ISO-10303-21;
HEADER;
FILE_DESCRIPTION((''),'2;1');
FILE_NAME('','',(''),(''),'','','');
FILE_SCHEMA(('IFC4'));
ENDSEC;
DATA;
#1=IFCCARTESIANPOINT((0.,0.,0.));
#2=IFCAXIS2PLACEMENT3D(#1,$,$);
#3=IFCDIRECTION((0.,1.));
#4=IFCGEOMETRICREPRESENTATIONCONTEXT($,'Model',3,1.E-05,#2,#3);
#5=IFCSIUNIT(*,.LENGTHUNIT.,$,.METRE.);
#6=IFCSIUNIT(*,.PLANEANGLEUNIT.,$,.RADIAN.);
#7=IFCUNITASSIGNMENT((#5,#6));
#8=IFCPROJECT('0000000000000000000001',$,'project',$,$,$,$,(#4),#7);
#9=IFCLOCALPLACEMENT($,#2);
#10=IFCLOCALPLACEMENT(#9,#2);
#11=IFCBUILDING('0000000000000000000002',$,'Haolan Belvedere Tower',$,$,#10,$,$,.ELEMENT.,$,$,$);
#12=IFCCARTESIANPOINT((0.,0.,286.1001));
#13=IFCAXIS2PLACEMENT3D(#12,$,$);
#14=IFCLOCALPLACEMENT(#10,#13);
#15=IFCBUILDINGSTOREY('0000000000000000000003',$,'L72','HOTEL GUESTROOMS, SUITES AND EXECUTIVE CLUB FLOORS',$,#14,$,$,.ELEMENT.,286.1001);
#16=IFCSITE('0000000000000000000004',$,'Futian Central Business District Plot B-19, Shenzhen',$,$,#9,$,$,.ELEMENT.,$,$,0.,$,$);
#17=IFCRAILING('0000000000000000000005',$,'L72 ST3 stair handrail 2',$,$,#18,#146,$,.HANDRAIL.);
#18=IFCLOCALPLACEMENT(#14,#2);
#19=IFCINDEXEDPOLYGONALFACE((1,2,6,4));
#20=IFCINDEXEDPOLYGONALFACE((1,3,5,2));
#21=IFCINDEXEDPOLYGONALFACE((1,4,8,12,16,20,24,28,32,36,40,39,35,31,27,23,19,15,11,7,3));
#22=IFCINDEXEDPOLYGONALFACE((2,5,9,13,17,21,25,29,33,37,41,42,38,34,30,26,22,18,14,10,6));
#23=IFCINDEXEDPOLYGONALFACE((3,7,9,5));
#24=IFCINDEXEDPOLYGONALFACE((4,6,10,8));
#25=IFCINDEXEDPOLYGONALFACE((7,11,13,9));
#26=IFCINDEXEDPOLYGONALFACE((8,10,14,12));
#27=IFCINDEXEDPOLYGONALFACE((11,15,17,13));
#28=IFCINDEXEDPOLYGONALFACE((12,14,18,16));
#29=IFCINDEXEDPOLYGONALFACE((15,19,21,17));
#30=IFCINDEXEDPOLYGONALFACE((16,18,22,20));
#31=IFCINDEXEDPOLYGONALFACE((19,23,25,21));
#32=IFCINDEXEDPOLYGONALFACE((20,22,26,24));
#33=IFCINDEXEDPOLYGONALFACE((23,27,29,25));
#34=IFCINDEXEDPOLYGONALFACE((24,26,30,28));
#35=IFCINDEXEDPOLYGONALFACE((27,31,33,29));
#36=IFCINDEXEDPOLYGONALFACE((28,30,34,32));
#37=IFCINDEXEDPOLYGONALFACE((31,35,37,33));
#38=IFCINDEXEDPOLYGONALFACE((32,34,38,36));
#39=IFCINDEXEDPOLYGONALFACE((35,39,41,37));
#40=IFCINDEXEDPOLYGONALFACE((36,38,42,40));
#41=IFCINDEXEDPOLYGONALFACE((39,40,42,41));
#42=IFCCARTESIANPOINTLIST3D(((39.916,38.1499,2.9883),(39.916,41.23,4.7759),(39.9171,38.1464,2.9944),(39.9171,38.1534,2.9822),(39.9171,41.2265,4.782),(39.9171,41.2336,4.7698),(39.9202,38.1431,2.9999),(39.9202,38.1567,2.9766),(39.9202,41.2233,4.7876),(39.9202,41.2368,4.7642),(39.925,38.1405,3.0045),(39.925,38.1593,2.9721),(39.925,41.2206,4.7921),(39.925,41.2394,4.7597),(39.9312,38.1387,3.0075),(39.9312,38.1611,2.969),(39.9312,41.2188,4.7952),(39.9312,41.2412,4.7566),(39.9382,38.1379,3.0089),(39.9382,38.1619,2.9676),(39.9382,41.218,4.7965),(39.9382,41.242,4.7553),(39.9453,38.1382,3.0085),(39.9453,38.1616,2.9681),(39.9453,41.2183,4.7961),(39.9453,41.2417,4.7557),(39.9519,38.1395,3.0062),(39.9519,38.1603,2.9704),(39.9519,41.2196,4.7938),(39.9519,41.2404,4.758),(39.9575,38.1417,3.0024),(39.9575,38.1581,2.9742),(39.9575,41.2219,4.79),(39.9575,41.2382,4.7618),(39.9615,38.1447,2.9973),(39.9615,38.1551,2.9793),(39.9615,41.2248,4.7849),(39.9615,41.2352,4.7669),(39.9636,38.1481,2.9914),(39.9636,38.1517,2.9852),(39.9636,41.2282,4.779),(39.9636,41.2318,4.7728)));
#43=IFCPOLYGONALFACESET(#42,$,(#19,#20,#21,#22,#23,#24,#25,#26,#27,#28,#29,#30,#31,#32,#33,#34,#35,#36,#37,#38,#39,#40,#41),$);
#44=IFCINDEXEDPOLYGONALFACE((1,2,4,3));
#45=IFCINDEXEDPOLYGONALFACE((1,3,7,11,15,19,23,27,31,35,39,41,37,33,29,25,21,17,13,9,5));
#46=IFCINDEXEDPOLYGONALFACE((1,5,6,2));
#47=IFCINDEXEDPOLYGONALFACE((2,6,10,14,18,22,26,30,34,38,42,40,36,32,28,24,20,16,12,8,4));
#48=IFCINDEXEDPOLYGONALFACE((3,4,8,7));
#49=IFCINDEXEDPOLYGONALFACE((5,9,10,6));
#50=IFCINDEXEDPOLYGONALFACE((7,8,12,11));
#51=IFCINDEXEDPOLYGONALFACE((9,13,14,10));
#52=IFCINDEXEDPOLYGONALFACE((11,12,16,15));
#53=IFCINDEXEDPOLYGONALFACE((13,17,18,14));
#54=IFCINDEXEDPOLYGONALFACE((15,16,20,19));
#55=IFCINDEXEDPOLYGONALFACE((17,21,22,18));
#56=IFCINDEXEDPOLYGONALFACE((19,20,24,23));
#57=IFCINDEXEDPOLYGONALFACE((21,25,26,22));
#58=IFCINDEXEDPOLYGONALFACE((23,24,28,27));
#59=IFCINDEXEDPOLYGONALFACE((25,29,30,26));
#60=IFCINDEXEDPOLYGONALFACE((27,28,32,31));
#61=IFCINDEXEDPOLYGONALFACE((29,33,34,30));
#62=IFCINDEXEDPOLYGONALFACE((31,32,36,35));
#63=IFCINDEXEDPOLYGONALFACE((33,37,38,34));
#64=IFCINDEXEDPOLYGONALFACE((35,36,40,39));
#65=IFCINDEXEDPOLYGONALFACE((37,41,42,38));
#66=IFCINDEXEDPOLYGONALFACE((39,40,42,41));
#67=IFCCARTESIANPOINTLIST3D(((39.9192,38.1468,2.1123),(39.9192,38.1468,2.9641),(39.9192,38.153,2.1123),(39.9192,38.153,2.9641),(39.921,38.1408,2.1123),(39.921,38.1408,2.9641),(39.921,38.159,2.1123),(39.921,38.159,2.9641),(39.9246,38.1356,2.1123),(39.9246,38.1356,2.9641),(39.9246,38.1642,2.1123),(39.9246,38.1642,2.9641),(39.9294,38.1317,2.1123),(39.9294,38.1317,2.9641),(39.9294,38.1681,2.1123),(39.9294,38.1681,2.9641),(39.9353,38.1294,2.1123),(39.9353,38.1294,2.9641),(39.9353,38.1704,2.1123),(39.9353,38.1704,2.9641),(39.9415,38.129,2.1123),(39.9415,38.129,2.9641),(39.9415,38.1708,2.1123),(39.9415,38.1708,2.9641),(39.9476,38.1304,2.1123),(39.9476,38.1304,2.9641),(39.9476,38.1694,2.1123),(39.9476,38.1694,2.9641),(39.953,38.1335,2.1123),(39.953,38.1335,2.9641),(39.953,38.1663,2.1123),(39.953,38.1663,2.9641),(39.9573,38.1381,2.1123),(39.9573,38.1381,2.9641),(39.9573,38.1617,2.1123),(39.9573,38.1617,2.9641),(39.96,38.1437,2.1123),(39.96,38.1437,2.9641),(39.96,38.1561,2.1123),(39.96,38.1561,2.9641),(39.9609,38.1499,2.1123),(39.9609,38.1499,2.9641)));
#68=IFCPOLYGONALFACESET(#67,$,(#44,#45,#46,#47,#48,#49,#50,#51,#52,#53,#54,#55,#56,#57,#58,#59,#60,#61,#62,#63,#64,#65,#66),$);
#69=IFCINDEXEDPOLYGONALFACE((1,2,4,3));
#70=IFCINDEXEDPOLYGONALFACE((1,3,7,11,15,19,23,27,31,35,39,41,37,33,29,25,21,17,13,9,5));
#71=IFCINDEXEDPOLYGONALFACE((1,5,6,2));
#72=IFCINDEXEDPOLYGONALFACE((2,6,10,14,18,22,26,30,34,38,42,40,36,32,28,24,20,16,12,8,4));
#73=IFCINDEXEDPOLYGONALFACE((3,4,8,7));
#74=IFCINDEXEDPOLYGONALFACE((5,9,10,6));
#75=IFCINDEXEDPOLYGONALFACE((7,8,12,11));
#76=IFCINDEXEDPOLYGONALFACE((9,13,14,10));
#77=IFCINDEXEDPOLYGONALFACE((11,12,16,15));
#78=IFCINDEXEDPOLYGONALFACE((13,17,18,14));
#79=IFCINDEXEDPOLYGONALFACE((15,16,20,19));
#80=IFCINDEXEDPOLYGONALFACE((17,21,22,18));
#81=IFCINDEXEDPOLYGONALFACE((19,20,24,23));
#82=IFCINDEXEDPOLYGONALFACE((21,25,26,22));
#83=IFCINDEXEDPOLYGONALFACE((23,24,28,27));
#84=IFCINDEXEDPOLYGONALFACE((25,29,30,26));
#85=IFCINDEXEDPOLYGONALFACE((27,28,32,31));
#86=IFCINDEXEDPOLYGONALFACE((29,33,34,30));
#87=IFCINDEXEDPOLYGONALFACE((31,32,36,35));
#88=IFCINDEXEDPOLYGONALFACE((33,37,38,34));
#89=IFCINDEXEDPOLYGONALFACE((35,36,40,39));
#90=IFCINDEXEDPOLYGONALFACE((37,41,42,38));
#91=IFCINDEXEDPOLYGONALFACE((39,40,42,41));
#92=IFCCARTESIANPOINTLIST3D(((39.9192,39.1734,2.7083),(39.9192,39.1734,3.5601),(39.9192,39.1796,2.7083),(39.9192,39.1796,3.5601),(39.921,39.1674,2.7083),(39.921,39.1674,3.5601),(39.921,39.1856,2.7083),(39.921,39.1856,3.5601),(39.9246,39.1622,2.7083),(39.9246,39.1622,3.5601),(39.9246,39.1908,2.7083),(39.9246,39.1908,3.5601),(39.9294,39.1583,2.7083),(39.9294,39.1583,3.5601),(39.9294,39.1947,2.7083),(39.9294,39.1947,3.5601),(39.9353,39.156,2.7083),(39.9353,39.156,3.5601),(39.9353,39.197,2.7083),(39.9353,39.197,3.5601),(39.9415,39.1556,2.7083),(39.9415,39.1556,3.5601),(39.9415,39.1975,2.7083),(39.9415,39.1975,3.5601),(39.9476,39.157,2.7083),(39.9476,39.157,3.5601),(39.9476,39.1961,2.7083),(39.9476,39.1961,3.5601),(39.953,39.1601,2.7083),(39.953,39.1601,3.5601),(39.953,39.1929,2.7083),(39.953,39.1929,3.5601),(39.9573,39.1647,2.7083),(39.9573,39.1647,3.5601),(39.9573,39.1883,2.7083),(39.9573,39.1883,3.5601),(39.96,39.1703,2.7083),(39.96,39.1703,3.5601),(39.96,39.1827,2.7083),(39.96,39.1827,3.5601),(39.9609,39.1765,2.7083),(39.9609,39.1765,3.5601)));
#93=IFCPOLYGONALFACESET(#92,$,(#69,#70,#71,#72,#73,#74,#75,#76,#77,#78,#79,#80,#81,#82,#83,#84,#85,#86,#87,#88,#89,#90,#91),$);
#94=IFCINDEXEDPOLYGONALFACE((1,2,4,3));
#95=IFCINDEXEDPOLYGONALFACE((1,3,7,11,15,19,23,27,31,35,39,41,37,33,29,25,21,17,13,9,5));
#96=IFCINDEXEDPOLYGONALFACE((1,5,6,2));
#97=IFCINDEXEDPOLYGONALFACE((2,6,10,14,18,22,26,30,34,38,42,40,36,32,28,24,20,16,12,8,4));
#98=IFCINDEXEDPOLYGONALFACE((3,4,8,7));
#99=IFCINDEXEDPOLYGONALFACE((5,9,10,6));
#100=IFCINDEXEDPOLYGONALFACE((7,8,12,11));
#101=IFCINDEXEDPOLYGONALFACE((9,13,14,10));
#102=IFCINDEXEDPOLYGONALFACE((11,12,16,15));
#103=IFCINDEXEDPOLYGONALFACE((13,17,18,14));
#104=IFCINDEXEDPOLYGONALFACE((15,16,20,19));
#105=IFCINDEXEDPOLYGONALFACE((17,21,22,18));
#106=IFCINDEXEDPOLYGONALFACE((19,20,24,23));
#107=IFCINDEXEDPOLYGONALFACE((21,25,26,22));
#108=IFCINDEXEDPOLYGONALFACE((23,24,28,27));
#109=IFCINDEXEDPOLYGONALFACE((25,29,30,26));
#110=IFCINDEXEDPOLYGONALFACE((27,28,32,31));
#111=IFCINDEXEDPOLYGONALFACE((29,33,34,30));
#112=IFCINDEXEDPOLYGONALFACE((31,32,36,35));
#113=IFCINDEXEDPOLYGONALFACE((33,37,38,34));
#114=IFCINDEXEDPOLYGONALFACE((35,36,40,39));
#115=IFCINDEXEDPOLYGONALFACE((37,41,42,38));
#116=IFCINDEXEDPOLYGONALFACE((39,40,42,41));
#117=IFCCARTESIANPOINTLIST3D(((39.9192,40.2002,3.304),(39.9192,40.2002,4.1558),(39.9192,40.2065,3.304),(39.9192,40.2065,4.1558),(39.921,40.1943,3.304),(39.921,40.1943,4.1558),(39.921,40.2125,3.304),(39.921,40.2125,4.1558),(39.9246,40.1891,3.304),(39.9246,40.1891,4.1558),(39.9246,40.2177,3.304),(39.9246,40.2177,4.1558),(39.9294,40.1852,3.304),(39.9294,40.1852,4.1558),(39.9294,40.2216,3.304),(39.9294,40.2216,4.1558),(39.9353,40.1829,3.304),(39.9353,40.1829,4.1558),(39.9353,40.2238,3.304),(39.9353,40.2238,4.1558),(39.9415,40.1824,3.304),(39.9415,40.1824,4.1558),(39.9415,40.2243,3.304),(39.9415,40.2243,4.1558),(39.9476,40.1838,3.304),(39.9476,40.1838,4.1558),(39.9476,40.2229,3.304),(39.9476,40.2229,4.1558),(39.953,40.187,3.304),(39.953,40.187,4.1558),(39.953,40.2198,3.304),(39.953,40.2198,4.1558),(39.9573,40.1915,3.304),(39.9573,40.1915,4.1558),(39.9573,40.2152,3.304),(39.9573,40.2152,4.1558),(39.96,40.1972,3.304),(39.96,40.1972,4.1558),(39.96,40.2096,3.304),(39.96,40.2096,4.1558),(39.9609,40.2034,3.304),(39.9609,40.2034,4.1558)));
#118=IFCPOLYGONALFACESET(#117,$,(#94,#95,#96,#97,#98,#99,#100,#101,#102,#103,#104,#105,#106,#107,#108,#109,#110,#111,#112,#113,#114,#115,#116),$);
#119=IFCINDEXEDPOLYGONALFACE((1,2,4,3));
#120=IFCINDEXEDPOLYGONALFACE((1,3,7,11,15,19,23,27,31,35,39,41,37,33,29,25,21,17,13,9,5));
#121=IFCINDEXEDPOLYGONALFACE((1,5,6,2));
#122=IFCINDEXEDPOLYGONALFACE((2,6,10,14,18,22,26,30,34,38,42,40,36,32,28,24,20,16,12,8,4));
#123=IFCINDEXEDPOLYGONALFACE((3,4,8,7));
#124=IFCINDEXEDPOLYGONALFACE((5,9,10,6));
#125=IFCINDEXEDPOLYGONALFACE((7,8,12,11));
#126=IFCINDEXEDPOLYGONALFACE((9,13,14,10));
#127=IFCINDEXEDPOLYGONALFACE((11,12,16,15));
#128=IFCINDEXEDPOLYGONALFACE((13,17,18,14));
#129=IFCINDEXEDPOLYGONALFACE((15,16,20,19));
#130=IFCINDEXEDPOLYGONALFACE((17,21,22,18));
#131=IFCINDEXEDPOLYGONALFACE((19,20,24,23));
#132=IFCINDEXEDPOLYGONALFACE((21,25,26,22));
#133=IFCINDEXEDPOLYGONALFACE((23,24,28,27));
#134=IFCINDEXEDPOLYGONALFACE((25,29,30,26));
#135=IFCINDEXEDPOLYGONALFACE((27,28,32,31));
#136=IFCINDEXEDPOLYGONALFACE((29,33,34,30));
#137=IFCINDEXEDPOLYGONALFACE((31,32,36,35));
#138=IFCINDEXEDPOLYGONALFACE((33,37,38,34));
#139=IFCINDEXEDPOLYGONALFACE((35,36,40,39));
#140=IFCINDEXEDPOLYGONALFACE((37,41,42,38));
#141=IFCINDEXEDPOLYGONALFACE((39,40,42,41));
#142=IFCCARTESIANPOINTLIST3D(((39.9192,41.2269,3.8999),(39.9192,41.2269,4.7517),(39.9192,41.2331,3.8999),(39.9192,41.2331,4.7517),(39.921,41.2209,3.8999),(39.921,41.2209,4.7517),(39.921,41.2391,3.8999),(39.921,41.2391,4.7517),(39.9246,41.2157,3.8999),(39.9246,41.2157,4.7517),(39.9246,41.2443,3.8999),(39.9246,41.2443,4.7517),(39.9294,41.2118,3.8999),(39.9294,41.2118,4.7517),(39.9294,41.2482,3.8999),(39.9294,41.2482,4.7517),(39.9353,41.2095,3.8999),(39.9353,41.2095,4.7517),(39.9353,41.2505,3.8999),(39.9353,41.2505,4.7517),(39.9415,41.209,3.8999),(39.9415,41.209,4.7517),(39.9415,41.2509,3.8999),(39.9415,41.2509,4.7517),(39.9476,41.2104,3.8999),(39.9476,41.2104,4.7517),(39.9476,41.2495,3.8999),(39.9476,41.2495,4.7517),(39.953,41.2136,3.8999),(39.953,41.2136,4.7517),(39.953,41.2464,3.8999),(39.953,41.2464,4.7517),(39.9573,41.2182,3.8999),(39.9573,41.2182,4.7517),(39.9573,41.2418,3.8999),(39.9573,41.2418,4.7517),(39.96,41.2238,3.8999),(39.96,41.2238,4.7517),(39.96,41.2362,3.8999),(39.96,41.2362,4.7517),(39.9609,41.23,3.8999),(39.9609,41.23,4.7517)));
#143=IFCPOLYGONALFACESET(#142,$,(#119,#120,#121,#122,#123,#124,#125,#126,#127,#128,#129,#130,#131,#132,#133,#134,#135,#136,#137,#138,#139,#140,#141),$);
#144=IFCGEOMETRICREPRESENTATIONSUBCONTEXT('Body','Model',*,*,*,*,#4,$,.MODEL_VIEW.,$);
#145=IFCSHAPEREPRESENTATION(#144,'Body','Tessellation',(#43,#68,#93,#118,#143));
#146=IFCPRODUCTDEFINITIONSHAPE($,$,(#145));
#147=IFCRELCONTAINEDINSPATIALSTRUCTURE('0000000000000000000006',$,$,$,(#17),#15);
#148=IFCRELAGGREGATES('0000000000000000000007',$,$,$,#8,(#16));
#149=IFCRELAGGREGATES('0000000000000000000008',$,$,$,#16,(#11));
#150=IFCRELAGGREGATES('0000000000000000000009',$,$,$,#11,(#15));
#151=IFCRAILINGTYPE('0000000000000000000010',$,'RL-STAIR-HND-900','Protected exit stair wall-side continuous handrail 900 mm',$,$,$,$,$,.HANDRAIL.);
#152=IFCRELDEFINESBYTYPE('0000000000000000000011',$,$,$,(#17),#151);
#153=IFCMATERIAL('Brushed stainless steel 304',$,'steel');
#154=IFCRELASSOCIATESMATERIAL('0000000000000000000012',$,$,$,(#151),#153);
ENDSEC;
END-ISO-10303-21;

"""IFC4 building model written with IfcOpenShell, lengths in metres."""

from ifc_helpers import new_model, si_unit, direction, frame, origin, origin_2d, place, context, subcontext, project, spatial, circle, extrude, material, type_object, element, save


model = new_model("IFC4")

# Units and contexts
model_context = context("Model", 3, precision=1e-05, world=origin(), true_north=direction((0.0, 1.0)))
body_context = subcontext(model_context, "Body", "Model", "MODEL_VIEW")
ifc_project = project(units=[si_unit("LENGTHUNIT", "METRE"), si_unit("PLANEANGLEUNIT", "RADIAN")], contexts=[model_context])

# Site, building, storey
site_placement = place(None, origin())
site = spatial("IfcSite", under=ifc_project, at=site_placement, Name="Futian Central Business District Plot B-19, Shenzhen", CompositionType="ELEMENT", RefElevation=0.0)
building_placement = place(site_placement, origin())
building = spatial("IfcBuilding", under=site, at=building_placement, Name="Haolan Belvedere Tower", CompositionType="ELEMENT")
storey_placement = place(building_placement, frame((0.0, 0.0, 286.1001)))
storey = spatial("IfcBuildingStorey", under=building, at=storey_placement, Name="L72", Description="HOTEL GUESTROOMS, SUITES AND EXECUTIVE CLUB FLOORS", CompositionType="ELEMENT", Elevation=286.1001)

# Railing
ifc_material_1 = material(Name="Brushed stainless steel 304", Category="steel")
railing_type_1 = type_object("IfcRailingType", Name="RL-STAIR-HND-900", Description="Protected exit stair wall-side continuous handrail 900 mm", PredefinedType="HANDRAIL", material=ifc_material_1)
for number, where, name in (
    (1, (39.9399, 38.1499, 2.1123), "L72 ST3 stair handrail 2"),
):
    element("IfcRailing", number, at=place(storey_placement, frame(where)), inside=storey, type_object=railing_type_1, Name=name, PredefinedType="HANDRAIL", context=body_context, shape_type="SweptSolid", body=[
        extrude(circle(Radius=0.0239, at=origin_2d()), frame((0.0, 0.0, 0.876), z_axis=(0.0, 0.864891, 0.50196), x_axis=(-1.0, 0.0, 0.0)), (0.0, 0.0, 1.0), 3.5613),
        extrude(circle(Radius=0.021, at=origin_2d()), origin(), (0.0, 0.0, 1.0), 0.8518),
        extrude(circle(Radius=0.021, at=origin_2d()), frame((0.0, 1.0266, 0.5959)), (0.0, 0.0, 1.0), 0.8518),
        extrude(circle(Radius=0.021, at=origin_2d()), frame((0.0, 2.0535, 1.1917)), (0.0, 0.0, 1.0), 0.8518),
        extrude(circle(Radius=0.021, at=origin_2d()), frame((0.0, 3.0801, 1.7876)), (0.0, 0.0, 1.0), 0.8518),
    ])

save(model, "model.ifc")
